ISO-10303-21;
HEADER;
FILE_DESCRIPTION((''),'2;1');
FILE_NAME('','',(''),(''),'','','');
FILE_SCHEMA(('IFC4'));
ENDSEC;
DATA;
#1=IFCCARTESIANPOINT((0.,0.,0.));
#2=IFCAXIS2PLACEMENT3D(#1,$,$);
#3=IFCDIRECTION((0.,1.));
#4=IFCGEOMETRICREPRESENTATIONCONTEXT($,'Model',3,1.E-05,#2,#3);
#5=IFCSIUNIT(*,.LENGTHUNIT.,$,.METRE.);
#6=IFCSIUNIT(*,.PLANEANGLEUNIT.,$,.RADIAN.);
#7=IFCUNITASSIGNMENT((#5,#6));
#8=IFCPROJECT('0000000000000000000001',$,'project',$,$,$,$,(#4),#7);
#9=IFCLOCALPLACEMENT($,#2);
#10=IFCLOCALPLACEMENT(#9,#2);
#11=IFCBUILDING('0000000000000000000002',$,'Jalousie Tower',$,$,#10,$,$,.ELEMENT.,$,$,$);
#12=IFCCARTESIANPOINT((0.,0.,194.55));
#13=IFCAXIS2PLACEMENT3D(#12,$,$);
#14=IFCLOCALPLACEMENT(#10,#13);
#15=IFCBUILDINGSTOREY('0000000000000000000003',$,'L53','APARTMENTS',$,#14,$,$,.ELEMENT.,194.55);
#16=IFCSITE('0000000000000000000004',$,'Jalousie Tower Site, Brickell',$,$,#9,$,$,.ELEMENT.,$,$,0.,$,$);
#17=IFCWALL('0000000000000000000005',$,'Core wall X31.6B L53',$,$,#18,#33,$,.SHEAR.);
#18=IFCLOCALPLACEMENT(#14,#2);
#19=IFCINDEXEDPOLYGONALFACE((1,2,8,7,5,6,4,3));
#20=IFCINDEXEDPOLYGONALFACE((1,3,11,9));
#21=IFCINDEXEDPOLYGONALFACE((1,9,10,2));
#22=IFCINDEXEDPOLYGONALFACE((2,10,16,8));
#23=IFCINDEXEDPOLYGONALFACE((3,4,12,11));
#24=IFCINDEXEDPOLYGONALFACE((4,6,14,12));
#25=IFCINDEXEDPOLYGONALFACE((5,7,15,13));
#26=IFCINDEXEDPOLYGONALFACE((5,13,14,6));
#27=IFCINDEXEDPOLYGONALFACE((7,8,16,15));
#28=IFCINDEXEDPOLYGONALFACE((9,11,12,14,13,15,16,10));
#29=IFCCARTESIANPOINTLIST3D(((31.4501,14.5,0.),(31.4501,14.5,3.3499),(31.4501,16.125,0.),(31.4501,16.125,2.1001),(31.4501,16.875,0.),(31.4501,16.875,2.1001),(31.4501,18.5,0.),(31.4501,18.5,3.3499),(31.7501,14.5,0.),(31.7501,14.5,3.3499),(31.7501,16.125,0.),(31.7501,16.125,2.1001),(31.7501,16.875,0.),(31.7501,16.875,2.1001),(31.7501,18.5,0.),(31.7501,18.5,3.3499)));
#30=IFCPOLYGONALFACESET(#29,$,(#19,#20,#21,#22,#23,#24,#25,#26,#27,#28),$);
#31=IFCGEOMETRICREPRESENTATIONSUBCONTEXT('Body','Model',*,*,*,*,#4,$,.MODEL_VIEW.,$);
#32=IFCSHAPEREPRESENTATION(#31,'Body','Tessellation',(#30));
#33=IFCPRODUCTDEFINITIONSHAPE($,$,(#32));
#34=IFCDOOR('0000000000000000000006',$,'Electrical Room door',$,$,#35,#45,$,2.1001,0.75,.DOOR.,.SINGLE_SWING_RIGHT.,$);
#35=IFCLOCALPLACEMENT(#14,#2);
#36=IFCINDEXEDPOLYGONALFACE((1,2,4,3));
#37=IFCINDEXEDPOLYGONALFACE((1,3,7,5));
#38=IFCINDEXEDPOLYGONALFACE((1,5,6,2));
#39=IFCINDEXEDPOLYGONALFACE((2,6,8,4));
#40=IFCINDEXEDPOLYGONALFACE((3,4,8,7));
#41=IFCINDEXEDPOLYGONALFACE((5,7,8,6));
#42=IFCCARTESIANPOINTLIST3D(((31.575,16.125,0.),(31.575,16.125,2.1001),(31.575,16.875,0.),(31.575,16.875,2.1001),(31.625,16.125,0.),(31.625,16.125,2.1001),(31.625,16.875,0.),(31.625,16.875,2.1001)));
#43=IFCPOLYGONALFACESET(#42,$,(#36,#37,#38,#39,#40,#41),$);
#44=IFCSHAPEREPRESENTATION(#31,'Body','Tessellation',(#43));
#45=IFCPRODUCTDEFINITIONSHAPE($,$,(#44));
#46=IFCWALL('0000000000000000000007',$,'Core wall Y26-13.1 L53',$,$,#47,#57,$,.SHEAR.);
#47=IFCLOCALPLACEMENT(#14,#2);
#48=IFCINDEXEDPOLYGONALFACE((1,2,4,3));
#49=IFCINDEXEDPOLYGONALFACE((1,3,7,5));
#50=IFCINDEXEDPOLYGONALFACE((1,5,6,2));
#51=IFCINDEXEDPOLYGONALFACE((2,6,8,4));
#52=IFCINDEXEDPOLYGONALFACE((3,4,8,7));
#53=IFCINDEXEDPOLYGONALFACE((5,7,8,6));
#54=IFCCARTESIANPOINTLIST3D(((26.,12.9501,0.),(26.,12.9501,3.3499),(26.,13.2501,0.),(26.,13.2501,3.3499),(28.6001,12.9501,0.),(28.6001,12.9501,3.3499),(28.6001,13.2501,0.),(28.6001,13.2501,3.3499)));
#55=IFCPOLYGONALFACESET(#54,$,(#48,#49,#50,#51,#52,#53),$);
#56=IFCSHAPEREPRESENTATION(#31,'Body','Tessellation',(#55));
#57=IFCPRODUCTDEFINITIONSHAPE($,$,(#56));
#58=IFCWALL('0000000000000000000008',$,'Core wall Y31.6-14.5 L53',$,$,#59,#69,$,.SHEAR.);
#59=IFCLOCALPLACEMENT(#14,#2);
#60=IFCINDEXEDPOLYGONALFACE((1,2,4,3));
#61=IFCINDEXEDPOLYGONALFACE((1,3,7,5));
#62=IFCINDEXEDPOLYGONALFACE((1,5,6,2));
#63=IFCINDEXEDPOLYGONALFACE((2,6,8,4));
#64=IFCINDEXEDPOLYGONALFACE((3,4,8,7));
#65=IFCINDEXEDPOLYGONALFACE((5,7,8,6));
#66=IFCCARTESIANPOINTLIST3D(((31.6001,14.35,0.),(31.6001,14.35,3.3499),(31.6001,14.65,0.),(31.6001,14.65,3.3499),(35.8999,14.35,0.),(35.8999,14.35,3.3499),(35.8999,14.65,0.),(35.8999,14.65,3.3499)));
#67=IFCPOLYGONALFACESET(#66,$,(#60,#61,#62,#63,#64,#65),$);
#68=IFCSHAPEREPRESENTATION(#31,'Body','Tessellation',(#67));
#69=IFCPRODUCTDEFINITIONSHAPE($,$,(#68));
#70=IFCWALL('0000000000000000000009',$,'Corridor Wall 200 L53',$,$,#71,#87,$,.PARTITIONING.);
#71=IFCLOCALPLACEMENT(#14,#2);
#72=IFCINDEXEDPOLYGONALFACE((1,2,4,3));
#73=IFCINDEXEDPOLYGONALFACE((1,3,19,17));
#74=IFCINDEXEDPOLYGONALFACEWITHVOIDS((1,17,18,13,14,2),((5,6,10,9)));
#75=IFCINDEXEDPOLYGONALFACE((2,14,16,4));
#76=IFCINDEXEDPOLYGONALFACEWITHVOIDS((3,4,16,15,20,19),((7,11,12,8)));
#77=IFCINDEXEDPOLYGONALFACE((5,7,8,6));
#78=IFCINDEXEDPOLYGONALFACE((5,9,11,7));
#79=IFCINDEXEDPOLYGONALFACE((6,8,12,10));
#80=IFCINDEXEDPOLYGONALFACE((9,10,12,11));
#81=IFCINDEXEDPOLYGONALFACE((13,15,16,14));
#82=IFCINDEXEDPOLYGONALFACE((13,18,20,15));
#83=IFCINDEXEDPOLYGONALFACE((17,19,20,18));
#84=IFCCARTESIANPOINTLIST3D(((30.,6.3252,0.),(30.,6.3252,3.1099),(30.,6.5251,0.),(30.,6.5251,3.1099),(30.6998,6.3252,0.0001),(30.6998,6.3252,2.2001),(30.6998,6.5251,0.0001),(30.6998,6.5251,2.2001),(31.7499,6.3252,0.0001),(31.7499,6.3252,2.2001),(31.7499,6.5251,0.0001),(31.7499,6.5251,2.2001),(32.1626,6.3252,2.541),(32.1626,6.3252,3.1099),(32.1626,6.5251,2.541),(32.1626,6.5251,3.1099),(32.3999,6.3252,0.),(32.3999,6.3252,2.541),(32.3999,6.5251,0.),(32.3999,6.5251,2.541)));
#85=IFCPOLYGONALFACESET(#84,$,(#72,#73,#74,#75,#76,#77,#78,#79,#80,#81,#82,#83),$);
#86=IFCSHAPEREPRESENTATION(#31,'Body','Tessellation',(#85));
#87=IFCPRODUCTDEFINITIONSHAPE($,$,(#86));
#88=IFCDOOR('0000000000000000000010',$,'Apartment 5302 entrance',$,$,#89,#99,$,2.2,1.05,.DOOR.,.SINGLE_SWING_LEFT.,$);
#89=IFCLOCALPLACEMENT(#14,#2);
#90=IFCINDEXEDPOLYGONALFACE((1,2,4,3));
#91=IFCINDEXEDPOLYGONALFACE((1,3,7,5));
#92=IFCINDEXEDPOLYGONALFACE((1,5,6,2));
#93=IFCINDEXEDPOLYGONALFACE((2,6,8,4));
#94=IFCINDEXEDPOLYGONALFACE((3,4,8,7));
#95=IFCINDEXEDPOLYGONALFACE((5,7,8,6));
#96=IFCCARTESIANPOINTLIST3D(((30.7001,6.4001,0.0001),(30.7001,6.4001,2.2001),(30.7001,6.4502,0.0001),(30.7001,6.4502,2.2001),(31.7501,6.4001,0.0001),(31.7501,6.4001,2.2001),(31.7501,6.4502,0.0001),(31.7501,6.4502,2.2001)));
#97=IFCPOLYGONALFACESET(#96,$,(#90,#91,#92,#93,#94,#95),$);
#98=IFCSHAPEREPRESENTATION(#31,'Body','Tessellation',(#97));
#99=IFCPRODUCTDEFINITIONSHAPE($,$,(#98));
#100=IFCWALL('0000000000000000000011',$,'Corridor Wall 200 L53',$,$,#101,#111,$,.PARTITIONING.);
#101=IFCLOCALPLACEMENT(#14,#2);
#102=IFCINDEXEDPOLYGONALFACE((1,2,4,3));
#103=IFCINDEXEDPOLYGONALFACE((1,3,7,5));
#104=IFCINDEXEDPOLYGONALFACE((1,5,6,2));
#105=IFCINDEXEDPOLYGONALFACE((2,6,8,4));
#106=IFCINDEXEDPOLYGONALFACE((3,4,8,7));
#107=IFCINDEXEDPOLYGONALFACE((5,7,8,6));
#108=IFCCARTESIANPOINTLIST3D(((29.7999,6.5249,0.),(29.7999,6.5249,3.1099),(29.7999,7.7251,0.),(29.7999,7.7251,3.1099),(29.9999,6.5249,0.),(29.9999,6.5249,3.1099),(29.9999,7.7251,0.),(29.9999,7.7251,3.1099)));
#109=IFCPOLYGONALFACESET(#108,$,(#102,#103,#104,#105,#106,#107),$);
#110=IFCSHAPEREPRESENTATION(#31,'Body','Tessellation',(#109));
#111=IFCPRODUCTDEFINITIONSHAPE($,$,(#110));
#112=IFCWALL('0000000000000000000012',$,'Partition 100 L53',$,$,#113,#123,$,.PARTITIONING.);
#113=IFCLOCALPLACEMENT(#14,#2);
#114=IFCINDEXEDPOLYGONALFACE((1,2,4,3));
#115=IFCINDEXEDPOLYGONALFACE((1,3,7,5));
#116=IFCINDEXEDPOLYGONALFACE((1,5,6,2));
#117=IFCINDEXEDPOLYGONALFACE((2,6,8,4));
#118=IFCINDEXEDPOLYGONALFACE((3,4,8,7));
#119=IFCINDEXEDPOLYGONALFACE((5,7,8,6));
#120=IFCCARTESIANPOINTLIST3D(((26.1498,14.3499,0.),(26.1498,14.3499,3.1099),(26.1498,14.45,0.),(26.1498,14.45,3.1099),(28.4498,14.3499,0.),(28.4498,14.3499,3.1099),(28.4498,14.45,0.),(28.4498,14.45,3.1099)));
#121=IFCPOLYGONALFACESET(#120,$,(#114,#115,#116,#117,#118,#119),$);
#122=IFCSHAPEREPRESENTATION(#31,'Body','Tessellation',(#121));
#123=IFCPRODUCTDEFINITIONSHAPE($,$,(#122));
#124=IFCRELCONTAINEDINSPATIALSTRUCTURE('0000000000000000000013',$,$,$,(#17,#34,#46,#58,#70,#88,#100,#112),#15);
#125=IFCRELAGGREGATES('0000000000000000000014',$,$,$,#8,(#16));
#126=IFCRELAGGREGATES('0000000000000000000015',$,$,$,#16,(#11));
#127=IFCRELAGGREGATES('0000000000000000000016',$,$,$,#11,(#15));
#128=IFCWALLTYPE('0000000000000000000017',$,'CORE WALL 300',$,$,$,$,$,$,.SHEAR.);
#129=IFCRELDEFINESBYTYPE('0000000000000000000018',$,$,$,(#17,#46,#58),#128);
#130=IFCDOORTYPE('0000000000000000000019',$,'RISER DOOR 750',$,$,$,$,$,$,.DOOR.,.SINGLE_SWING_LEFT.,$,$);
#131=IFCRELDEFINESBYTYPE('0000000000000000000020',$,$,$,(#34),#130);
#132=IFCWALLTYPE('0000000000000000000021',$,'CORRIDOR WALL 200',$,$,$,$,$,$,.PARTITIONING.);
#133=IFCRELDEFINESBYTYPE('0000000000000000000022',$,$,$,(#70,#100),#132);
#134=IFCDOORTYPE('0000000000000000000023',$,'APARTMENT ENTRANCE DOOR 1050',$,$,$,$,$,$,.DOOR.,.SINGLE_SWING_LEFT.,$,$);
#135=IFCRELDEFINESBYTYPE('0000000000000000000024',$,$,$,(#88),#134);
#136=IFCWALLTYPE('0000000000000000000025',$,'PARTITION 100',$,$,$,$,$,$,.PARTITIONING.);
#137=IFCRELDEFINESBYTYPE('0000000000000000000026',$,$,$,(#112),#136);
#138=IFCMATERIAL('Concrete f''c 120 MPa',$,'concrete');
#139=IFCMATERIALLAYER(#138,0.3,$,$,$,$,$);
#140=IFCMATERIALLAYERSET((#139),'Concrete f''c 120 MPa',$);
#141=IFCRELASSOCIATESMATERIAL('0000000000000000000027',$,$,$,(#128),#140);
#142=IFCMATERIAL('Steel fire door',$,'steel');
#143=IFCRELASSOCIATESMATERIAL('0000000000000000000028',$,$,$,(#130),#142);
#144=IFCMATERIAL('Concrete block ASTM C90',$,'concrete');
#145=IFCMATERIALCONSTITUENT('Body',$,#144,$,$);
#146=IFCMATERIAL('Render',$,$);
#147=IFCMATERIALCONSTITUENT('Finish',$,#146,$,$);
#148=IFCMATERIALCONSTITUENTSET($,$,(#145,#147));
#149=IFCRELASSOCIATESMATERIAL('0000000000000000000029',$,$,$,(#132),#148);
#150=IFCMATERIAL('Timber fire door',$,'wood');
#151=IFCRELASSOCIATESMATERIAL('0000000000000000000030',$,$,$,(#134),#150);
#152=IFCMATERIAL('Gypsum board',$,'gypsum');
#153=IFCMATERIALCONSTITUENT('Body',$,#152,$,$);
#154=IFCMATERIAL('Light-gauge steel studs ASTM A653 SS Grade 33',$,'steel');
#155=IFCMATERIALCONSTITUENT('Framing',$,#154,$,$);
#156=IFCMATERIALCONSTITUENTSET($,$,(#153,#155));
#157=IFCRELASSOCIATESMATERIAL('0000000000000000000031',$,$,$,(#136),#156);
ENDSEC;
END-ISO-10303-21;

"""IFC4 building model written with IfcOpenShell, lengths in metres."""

from ifc_helpers import new_model, si_unit, direction, frame, frame_2d, origin, place, context, subcontext, project, spatial, polyline, rectangle, outline, extrude, material, layer, layer_set, constituent, constituent_set, type_object, element, fill, save


model = new_model("IFC4")

# Units and contexts
model_context = context("Model", 3, precision=1e-05, world=origin(), true_north=direction((0.0, 1.0)))
body_context = subcontext(model_context, "Body", "Model", "MODEL_VIEW")
ifc_project = project(units=[si_unit("LENGTHUNIT", "METRE"), si_unit("PLANEANGLEUNIT", "RADIAN")], contexts=[model_context])

# Site, building, storey
site_placement = place(None, origin())
site = spatial("IfcSite", under=ifc_project, at=site_placement, Name="Jalousie Tower Site, Brickell", CompositionType="ELEMENT", RefElevation=0.0)
building_placement = place(site_placement, origin())
building = spatial("IfcBuilding", under=site, at=building_placement, Name="Jalousie Tower", CompositionType="ELEMENT")
storey_placement = place(building_placement, frame((0.0, 0.0, 194.55)))
storey = spatial("IfcBuildingStorey", under=building, at=storey_placement, Name="L53", Description="APARTMENTS", CompositionType="ELEMENT", Elevation=194.55)

# Shared definitions
ifc_material_1 = material(Name="Concrete f'c 120 MPa", Category="concrete")
ifc_layer_1 = layer(ifc_material_1, 0.3)
ifc_layer_set_1 = layer_set([ifc_layer_1], Name="Concrete f'c 120 MPa")
wall_type_1 = type_object("IfcWallType", Name="CORE WALL 300", PredefinedType="SHEAR", material=ifc_layer_set_1)

# Wall, opening, door
ifc_material_2 = material(Name="Steel fire door", Category="steel")
door_type_1 = type_object("IfcDoorType", Name="RISER DOOR 750", OperationType="SINGLE_SWING_LEFT", PredefinedType="DOOR", material=ifc_material_2)
wall_1_placement = place(storey_placement, frame((31.6001, 14.5, 0.0), z_axis=(0.0, 0.0, 1.0), x_axis=(0.0, 1.0, 0.0)))
wall_1 = element("IfcWall", 1, at=wall_1_placement, inside=storey, type_object=wall_type_1, Name="Core wall X31.6B L53", PredefinedType="SHEAR", context=body_context, shape_type="SweptSolid", body=[
    extrude(rectangle(XDim=4.0, YDim=0.3, at=frame_2d((2.0, 0.0))), origin(), (0.0, 0.0, 1.0), 3.3499),
])
opening_1_placement = place(wall_1_placement, frame((1.625, 0.0, 0.0)))
opening_1 = element("IfcOpeningElement", 2, at=opening_1_placement, cuts=wall_1, PredefinedType="OPENING", context=body_context, shape_type="SweptSolid", body=[
    extrude(rectangle(XDim=0.75, YDim=2.1001, at=frame_2d((0.375, 1.05))), frame((0.0, 0.1599, 0.0), z_axis=(0.0, -1.0, 0.0), x_axis=(1.0, 0.0, 0.0)), (0.0, 0.0, 1.0), 0.3201),
])
door_1_placement = place(opening_1_placement, frame((0.75, 0.0, 0.0), z_axis=(0.0, 0.0, 1.0), x_axis=(-1.0, 0.0, 0.0)))
door_1 = element("IfcDoor", 3, at=door_1_placement, inside=storey, type_object=door_type_1, Name="Electrical Room door", OperationType="SINGLE_SWING_RIGHT", OverallHeight=2.1001, OverallWidth=0.75, PredefinedType="DOOR", context=body_context, shape_type="SweptSolid", body=[
    extrude(rectangle(XDim=0.75, YDim=2.1001, at=frame_2d((0.375, 1.05))), frame((0.0, 0.0249, 0.0), z_axis=(0.0, -1.0, 0.0), x_axis=(1.0, 0.0, 0.0)), (0.0, 0.0, 1.0), 0.05),
])
fill(opening_1, door_1)

# Walls
wall_2_placement = place(storey_placement, frame((26.0, 13.1001, 0.0), z_axis=(0.0, 0.0, 1.0), x_axis=(1.0, 0.0, 0.0)))
element("IfcWall", 4, at=wall_2_placement, inside=storey, type_object=wall_type_1, Name="Core wall Y26-13.1 L53", PredefinedType="SHEAR", context=body_context, shape_type="SweptSolid", body=[
    extrude(rectangle(XDim=2.6001, YDim=0.3, at=frame_2d((1.3, 0.0))), origin(), (0.0, 0.0, 1.0), 3.3499),
])
wall_3_placement = place(storey_placement, frame((31.6001, 14.5, 0.0), z_axis=(0.0, 0.0, 1.0), x_axis=(1.0, 0.0, 0.0)))
element("IfcWall", 5, at=wall_3_placement, inside=storey, type_object=wall_type_1, Name="Core wall Y31.6-14.5 L53", PredefinedType="SHEAR", context=body_context, shape_type="SweptSolid", body=[
    extrude(rectangle(XDim=4.2998, YDim=0.3, at=frame_2d((2.1499, 0.0))), origin(), (0.0, 0.0, 1.0), 3.3499),
])

# Wall, opening, door
ifc_material_3 = material(Name="Concrete block ASTM C90", Category="concrete")
ifc_constituent_1 = constituent(ifc_material_3, Name="Body")
ifc_material_4 = material(Name="Render")
ifc_constituent_2 = constituent(ifc_material_4, Name="Finish")
ifc_constituent_set_1 = constituent_set(constituents=[ifc_constituent_1, ifc_constituent_2])
wall_type_2 = type_object("IfcWallType", Name="CORRIDOR WALL 200", PredefinedType="PARTITIONING", material=ifc_constituent_set_1)
wall_4_placement = place(storey_placement, frame((30.0, 6.425, 0.0), z_axis=(0.0, 0.0, 1.0), x_axis=(1.0, 0.0, 0.0)))
wall_4 = element("IfcWall", 6, at=wall_4_placement, inside=storey, type_object=wall_type_2, Name="Corridor Wall 200 L53", PredefinedType="PARTITIONING", context=body_context, shape_type="SweptSolid", body=[
    extrude(outline(polyline([(0.0, 0.0), (2.3999, 0.0), (2.3999, 3.1099), (2.3999, 2.541), (2.1626, 2.541), (2.1626, 3.1099), (0.0, 3.1099), (0.0, 0.0)])), frame((0.0, 0.1001, 0.0), z_axis=(0.0, -1.0, 0.0), x_axis=(1.0, 0.0, 0.0)), (0.0, 0.0, 1.0), 0.2),
])
opening_2_placement = place(wall_4_placement, frame((0.7, 0.0, 0.0)))
opening_2 = element("IfcOpeningElement", 7, at=opening_2_placement, cuts=wall_4, PredefinedType="OPENING", context=body_context, shape_type="SweptSolid", body=[
    extrude(rectangle(XDim=1.05, YDim=2.2, at=frame_2d((0.5249, 1.1001))), frame((0.0, 0.1099, 0.0), z_axis=(0.0, -1.0, 0.0), x_axis=(1.0, 0.0, 0.0)), (0.0, 0.0, 1.0), 0.22),
])
ifc_material_5 = material(Name="Timber fire door", Category="wood")
door_type_2 = type_object("IfcDoorType", Name="APARTMENT ENTRANCE DOOR 1050", OperationType="SINGLE_SWING_LEFT", PredefinedType="DOOR", material=ifc_material_5)
door_2_placement = place(opening_2_placement, frame((1.05, 0.0, 0.0), z_axis=(0.0, 0.0, 1.0), x_axis=(-1.0, 0.0, 0.0)))
door_2 = element("IfcDoor", 8, at=door_2_placement, inside=storey, type_object=door_type_2, Name="Apartment 5302 entrance", OperationType="SINGLE_SWING_LEFT", OverallHeight=2.2, OverallWidth=1.05, PredefinedType="DOOR", context=body_context, shape_type="SweptSolid", body=[
    extrude(rectangle(XDim=1.05, YDim=2.2, at=frame_2d((0.5249, 1.1001))), frame((0.0, 0.0249, 0.0), z_axis=(0.0, -1.0, 0.0), x_axis=(1.0, 0.0, 0.0)), (0.0, 0.0, 1.0), 0.05),
])
fill(opening_2, door_2)

# Walls
wall_5_placement = place(storey_placement, frame((29.8999, 7.7251, 0.0), z_axis=(0.0, 0.0, 1.0), x_axis=(0.0, -1.0, 0.0)))
element("IfcWall", 9, at=wall_5_placement, inside=storey, type_object=wall_type_2, Name="Corridor Wall 200 L53", PredefinedType="PARTITIONING", context=body_context, shape_type="SweptSolid", body=[
    extrude(rectangle(XDim=1.2002, YDim=0.2, at=frame_2d((0.6001, 0.0))), origin(), (0.0, 0.0, 1.0), 3.1099),
])
ifc_material_6 = material(Name="Gypsum board", Category="gypsum")
ifc_constituent_3 = constituent(ifc_material_6, Name="Body")
ifc_material_7 = material(Name="Light-gauge steel studs ASTM A653 SS Grade 33", Category="steel")
ifc_constituent_4 = constituent(ifc_material_7, Name="Framing")
ifc_constituent_set_2 = constituent_set(constituents=[ifc_constituent_3, ifc_constituent_4])
wall_type_3 = type_object("IfcWallType", Name="PARTITION 100", PredefinedType="PARTITIONING", material=ifc_constituent_set_2)
wall_6_placement = place(storey_placement, frame((26.1499, 14.3999, 0.0), z_axis=(0.0, 0.0, 1.0), x_axis=(1.0, 0.0, 0.0)))
element("IfcWall", 10, at=wall_6_placement, inside=storey, type_object=wall_type_3, Name="Partition 100 L53", PredefinedType="PARTITIONING", context=body_context, shape_type="SweptSolid", body=[
    extrude(rectangle(XDim=2.3, YDim=0.1001, at=frame_2d((1.1499, 0.0))), origin(), (0.0, 0.0, 1.0), 3.1099),
])

save(model, "model.ifc")
